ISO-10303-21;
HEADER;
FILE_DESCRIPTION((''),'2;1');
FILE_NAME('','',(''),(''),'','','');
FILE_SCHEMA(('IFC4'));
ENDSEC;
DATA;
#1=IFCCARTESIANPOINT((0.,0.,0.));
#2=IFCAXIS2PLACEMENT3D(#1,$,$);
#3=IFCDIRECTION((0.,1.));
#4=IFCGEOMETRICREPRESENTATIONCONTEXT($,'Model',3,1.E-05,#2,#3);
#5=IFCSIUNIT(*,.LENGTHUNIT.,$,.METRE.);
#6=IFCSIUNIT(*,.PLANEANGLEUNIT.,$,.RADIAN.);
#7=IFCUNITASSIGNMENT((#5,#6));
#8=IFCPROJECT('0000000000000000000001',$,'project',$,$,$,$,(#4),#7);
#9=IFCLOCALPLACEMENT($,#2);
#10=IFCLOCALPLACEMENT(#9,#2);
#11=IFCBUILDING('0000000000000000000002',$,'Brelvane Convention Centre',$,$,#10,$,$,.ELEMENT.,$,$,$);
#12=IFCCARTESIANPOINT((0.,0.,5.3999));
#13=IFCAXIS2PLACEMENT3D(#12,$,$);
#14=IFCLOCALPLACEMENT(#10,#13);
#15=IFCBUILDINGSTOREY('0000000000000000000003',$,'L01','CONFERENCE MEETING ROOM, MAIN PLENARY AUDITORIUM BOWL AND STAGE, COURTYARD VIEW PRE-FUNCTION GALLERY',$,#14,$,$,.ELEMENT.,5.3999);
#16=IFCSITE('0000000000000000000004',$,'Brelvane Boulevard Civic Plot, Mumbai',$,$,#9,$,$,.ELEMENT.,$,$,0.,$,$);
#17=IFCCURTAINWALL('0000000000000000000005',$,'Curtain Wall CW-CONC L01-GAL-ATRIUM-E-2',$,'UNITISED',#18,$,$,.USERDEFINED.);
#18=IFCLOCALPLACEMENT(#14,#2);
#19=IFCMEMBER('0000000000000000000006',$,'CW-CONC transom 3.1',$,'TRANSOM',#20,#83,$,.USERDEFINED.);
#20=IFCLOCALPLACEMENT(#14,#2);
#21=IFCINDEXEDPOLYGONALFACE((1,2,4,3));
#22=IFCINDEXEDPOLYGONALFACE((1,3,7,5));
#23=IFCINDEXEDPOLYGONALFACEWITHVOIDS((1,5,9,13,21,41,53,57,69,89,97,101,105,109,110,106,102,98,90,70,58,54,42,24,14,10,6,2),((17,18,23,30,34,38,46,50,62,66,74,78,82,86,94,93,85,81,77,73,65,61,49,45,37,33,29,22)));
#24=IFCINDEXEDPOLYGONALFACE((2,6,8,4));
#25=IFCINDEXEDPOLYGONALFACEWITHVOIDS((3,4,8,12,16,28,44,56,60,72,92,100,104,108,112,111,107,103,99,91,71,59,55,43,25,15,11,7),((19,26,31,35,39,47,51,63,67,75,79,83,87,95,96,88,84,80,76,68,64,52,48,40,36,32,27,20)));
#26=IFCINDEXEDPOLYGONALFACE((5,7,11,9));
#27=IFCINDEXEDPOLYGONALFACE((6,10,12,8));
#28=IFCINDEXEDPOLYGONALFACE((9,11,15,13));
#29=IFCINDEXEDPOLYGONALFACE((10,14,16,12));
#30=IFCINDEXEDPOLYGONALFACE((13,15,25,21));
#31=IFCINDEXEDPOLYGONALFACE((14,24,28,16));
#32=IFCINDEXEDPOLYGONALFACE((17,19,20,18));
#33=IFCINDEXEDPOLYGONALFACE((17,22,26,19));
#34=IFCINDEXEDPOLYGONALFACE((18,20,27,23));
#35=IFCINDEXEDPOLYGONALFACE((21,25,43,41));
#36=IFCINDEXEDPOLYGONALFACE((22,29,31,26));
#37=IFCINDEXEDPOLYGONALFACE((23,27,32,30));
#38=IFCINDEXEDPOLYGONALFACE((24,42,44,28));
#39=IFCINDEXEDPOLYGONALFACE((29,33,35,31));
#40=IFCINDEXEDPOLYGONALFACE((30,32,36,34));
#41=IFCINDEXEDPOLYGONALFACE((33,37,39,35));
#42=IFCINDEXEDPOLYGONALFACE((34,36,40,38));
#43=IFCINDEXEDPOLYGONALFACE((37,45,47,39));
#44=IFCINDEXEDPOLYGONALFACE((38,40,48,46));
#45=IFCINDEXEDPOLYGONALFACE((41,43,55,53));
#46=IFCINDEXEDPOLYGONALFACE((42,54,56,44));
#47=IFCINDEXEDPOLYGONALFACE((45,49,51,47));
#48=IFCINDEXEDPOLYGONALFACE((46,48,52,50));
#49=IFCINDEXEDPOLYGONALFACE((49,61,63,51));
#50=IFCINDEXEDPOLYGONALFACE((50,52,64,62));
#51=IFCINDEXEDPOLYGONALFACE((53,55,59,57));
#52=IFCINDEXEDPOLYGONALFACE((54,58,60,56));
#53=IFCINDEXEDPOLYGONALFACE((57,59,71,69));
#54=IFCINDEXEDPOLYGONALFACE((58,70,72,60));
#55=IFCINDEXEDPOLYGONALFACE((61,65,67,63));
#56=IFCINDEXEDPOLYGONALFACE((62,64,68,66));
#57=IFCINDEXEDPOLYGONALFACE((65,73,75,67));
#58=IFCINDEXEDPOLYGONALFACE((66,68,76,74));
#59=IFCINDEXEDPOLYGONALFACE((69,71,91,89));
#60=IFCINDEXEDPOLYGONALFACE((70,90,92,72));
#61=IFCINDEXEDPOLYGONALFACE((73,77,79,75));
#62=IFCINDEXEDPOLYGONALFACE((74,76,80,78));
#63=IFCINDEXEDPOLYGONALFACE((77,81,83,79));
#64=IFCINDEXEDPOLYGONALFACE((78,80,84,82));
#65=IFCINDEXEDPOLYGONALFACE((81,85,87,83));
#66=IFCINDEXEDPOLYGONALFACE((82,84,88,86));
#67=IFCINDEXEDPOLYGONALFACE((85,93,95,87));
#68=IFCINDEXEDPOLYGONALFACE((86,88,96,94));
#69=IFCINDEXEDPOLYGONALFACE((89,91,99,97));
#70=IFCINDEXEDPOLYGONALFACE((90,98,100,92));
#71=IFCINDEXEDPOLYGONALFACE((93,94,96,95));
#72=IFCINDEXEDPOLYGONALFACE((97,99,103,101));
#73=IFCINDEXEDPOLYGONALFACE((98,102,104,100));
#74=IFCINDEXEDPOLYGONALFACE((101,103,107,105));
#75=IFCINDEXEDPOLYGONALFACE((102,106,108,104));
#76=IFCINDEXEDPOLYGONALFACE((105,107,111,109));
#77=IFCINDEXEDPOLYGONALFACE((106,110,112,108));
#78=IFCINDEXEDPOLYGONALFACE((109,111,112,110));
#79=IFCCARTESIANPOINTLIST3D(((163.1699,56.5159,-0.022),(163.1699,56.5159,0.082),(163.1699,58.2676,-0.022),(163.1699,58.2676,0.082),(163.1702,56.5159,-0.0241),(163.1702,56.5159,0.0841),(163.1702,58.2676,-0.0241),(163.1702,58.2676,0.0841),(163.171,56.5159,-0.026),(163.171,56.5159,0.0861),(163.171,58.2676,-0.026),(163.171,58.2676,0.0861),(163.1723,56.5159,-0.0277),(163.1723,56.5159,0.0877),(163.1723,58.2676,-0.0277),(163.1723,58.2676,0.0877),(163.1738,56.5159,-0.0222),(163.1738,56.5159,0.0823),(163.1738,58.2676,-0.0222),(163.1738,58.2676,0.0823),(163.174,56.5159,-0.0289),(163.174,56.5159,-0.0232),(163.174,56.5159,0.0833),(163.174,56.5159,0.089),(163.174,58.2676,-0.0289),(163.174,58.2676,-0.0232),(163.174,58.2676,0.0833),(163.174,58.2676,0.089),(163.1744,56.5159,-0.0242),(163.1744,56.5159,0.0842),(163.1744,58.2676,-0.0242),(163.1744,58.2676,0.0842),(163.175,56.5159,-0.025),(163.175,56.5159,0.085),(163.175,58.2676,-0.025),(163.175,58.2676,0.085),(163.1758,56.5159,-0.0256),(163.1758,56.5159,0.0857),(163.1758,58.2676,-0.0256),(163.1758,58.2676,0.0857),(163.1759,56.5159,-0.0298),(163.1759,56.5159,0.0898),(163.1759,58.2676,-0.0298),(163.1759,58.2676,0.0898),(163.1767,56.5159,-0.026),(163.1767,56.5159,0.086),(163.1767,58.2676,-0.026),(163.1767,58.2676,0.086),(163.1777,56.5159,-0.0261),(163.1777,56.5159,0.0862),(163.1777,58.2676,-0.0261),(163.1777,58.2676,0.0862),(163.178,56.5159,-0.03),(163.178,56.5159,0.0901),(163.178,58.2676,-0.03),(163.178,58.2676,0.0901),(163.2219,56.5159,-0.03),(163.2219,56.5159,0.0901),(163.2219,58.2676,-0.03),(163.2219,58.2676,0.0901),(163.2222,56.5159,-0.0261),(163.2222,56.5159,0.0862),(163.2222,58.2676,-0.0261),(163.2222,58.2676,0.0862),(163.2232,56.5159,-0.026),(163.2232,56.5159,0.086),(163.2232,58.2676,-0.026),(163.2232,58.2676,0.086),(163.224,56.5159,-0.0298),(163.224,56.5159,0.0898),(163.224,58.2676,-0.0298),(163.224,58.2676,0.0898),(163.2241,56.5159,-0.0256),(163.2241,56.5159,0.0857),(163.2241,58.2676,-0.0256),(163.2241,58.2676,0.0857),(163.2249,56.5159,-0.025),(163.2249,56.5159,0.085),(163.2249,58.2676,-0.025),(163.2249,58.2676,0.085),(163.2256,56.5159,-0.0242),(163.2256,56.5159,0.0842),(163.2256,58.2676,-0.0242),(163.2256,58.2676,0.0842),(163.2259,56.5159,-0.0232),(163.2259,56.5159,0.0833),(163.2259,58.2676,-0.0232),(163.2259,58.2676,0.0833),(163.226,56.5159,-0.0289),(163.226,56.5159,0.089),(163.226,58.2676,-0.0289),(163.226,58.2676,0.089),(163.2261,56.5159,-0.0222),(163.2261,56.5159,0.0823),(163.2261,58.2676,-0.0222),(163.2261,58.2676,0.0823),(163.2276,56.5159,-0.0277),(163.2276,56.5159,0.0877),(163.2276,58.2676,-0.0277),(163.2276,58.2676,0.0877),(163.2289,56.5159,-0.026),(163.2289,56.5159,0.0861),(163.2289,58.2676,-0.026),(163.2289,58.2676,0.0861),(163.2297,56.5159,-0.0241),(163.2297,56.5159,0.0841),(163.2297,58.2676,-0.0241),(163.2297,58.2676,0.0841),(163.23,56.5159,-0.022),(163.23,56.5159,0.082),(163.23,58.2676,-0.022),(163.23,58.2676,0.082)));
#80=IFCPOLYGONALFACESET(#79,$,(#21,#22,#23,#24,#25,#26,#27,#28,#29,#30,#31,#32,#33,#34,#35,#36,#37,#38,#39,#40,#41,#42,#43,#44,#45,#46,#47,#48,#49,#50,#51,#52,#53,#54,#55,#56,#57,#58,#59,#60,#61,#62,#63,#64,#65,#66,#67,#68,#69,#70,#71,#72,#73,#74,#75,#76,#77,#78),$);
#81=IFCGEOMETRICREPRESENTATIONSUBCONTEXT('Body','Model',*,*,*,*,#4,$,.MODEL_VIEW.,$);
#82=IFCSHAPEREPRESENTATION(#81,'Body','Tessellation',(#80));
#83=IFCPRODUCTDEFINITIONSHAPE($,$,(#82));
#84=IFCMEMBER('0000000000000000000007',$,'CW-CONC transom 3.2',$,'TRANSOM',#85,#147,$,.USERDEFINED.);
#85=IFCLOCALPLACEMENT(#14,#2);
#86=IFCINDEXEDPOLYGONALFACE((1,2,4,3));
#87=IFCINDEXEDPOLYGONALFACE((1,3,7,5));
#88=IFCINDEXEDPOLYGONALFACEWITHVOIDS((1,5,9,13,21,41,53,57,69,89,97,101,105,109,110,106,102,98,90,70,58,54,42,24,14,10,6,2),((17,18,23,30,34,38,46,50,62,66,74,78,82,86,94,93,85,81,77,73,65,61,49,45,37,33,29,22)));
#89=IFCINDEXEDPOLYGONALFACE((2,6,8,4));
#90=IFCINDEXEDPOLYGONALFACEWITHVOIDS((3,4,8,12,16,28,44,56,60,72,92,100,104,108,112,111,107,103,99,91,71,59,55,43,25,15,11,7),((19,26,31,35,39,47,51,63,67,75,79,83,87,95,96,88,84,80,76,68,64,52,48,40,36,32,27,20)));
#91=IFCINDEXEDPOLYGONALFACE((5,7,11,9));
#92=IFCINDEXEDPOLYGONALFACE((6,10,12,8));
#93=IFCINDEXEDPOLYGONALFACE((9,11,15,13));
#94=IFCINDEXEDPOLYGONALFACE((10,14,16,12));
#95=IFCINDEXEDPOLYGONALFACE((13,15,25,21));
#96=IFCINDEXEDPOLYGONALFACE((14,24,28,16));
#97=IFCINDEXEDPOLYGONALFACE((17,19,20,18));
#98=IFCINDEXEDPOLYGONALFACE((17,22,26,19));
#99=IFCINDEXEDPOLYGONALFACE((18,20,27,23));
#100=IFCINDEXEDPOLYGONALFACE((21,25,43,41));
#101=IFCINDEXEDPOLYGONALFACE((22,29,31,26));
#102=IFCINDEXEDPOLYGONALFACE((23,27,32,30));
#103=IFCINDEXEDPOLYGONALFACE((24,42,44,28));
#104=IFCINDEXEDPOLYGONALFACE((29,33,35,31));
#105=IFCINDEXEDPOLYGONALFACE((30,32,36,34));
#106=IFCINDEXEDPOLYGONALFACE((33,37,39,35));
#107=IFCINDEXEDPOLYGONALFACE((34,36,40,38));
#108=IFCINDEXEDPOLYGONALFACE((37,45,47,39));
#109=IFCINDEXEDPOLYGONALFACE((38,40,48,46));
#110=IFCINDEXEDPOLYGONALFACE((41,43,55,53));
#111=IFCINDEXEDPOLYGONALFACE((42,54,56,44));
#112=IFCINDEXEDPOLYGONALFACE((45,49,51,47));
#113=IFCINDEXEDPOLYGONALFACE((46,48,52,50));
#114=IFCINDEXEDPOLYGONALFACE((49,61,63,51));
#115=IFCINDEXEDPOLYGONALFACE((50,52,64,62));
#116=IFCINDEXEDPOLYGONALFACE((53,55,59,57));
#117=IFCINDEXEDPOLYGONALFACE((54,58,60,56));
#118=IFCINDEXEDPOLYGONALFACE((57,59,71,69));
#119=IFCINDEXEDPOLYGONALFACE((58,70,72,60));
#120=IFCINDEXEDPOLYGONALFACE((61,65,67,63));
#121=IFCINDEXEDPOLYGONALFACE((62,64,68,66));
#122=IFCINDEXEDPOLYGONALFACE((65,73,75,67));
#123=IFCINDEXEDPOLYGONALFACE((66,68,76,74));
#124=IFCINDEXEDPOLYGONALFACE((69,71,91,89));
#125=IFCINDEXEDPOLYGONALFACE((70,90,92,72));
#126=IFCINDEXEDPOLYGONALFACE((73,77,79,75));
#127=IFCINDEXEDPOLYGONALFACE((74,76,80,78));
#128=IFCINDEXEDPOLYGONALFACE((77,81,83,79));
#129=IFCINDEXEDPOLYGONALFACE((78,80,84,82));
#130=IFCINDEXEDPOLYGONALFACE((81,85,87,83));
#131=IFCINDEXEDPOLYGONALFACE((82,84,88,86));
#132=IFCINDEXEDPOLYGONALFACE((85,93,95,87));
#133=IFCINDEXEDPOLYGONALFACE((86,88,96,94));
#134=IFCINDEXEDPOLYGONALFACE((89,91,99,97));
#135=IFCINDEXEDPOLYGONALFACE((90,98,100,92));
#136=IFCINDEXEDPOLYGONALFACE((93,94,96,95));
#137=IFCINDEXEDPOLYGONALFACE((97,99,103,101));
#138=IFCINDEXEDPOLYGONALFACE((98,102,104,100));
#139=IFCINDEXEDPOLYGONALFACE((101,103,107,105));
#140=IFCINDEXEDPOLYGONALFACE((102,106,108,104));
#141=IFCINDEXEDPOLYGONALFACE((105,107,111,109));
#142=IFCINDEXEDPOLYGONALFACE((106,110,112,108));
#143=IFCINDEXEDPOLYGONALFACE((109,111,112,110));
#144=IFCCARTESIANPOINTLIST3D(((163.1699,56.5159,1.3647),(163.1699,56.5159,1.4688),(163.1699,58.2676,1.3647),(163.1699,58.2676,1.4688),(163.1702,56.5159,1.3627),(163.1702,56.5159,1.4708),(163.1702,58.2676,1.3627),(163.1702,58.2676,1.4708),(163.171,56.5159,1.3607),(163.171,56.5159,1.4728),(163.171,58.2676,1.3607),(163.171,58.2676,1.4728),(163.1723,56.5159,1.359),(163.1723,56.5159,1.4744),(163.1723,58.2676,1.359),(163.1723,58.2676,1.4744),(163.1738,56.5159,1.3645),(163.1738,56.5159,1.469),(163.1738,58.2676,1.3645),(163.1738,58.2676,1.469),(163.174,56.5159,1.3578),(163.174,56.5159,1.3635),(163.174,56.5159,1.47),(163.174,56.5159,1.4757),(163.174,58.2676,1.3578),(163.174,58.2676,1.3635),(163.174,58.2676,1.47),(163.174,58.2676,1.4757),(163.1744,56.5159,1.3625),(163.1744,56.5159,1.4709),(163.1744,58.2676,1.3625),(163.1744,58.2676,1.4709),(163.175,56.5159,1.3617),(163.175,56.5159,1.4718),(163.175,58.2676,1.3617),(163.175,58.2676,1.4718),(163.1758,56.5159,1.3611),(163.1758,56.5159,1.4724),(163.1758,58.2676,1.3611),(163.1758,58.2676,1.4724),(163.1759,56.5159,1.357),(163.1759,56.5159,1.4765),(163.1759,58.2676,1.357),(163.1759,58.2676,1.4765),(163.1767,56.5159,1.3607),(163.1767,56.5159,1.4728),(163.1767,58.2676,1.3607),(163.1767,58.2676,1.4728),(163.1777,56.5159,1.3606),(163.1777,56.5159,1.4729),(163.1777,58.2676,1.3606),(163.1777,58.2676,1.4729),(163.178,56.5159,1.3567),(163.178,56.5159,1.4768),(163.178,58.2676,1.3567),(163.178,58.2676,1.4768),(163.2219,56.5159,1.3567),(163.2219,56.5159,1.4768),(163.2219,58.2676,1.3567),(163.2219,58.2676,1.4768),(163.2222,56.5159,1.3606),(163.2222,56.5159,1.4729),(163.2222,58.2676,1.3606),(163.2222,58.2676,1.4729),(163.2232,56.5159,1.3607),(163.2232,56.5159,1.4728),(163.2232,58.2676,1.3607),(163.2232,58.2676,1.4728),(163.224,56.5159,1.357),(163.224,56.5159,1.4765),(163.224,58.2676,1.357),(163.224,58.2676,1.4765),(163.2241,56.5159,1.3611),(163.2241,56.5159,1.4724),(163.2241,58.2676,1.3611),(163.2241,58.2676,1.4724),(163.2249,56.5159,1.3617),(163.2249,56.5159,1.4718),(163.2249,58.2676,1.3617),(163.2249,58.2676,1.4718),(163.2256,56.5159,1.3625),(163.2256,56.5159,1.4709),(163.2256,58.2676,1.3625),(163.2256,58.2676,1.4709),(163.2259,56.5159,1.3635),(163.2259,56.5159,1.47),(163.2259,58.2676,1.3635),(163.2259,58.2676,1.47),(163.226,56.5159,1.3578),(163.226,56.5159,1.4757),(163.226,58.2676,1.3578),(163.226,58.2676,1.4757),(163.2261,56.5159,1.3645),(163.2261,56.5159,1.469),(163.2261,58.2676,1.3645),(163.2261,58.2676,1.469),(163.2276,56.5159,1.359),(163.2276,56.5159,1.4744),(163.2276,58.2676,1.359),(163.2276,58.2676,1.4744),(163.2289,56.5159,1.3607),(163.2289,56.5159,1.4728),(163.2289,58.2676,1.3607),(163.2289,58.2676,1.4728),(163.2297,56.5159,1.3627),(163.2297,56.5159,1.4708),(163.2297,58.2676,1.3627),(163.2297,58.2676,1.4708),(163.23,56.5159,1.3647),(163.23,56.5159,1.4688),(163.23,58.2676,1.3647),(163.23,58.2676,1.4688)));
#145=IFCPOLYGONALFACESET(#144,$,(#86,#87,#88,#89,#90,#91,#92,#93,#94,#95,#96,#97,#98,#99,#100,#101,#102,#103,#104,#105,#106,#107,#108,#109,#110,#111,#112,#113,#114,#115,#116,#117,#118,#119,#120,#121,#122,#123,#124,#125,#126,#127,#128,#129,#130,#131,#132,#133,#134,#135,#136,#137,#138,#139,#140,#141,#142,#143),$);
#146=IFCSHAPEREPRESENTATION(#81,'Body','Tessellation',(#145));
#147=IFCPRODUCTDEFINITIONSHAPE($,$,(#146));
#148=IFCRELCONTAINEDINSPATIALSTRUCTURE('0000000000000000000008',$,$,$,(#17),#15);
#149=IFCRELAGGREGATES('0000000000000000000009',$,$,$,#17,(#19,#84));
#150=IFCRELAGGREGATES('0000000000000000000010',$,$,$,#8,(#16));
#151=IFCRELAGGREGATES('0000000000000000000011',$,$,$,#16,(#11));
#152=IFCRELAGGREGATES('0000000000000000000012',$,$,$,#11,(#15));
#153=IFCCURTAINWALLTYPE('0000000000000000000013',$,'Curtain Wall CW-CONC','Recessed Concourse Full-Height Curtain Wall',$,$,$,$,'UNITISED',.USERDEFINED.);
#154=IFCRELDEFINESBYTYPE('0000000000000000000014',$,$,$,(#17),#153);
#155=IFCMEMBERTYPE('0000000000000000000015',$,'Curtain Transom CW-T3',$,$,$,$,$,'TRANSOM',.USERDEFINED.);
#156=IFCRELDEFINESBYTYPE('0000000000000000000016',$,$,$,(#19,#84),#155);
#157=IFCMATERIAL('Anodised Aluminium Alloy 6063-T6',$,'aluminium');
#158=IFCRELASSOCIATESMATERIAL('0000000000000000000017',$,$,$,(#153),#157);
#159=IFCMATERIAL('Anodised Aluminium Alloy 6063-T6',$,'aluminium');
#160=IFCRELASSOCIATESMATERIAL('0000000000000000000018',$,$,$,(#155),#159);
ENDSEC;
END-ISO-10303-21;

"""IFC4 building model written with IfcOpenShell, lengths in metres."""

from ifc_helpers import new_model, si_unit, direction, frame, origin, origin_2d, place, context, subcontext, project, spatial, hollow_rectangle, extrude, material, material_profile, profile_set, type_object, element, aggregate, save


model = new_model("IFC4")

# Units and contexts
model_context = context("Model", 3, precision=1e-05, world=origin(), true_north=direction((0.0, 1.0)))
body_context = subcontext(model_context, "Body", "Model", "MODEL_VIEW")
ifc_project = project(units=[si_unit("LENGTHUNIT", "METRE"), si_unit("PLANEANGLEUNIT", "RADIAN")], contexts=[model_context])

# Site, building, storey
site_placement = place(None, origin())
site = spatial("IfcSite", under=ifc_project, at=site_placement, Name="Brelvane Boulevard Civic Plot, Mumbai", CompositionType="ELEMENT", RefElevation=0.0)
building_placement = place(site_placement, origin())
building = spatial("IfcBuilding", under=site, at=building_placement, Name="Brelvane Convention Centre", CompositionType="ELEMENT")
storey_placement = place(building_placement, frame((0.0, 0.0, 5.3999)))
storey = spatial("IfcBuildingStorey", under=building, at=storey_placement, Name="L01", Description="CONFERENCE MEETING ROOM, MAIN PLENARY AUDITORIUM BOWL AND STAGE, COURTYARD VIEW PRE-FUNCTION GALLERY", CompositionType="ELEMENT", Elevation=5.3999)

# Curtain wall, members
ifc_material_1 = material(Name="Anodised Aluminium Alloy 6063-T6", Category="aluminium")
curtain_wall_type = type_object("IfcCurtainWallType", Name="Curtain Wall CW-CONC", Description="Recessed Concourse Full-Height Curtain Wall", ElementType="UNITISED", PredefinedType="USERDEFINED", material=ifc_material_1)
curtain_wall_placement = place(storey_placement, origin())
curtain_wall = element("IfcCurtainWall", 1, at=curtain_wall_placement, inside=storey, type_object=curtain_wall_type, Name="Curtain Wall CW-CONC L01-GAL-ATRIUM-E-2", ObjectType="UNITISED", PredefinedType="USERDEFINED")
ifc_material_2 = material(Name="Anodised Aluminium Alloy 6063-T6", Category="aluminium")
ifc_material_profile_1 = material_profile(ifc_material_2, hollow_rectangle(XDim=0.0601, YDim=0.1201, WallThickness=0.0039, InnerFilletRadius=0.0039, OuterFilletRadius=0.0081, at=origin_2d()), Name="ALU-T 120x60x4.0")
ifc_profile_set_1 = profile_set([ifc_material_profile_1], Name="Anodised Aluminium Alloy 6063-T6")
member_type_1 = type_object("IfcMemberType", Name="Curtain Transom CW-T3", ElementType="TRANSOM", PredefinedType="USERDEFINED", material=ifc_profile_set_1)
member_1_placement = place(storey_placement, frame((163.2, 56.5159, 0.03), z_axis=(0.0, 1.0, 0.0), x_axis=(-1.0, 0.0, 0.0)))
member_1 = element("IfcMember", 2, at=member_1_placement, type_object=member_type_1, Name="CW-CONC transom 3.1", ObjectType="TRANSOM", PredefinedType="USERDEFINED", context=body_context, shape_type="SweptSolid", body=[
    extrude(hollow_rectangle(XDim=0.0601, YDim=0.1201, WallThickness=0.0039, InnerFilletRadius=0.0039, OuterFilletRadius=0.0081, at=origin_2d()), origin(), (0.0, 0.0, 1.0), 1.7517),
])
member_2_placement = place(storey_placement, frame((163.2, 56.5159, 1.4167), z_axis=(0.0, 1.0, 0.0), x_axis=(-1.0, 0.0, 0.0)))
member_2 = element("IfcMember", 3, at=member_2_placement, type_object=member_type_1, Name="CW-CONC transom 3.2", ObjectType="TRANSOM", PredefinedType="USERDEFINED", context=body_context, shape_type="SweptSolid", body=[
    extrude(hollow_rectangle(XDim=0.0601, YDim=0.1201, WallThickness=0.0039, InnerFilletRadius=0.0039, OuterFilletRadius=0.0081, at=origin_2d()), origin(), (0.0, 0.0, 1.0), 1.7517),
])

aggregate(curtain_wall, [member_1, member_2])

save(model, "model.ifc")
